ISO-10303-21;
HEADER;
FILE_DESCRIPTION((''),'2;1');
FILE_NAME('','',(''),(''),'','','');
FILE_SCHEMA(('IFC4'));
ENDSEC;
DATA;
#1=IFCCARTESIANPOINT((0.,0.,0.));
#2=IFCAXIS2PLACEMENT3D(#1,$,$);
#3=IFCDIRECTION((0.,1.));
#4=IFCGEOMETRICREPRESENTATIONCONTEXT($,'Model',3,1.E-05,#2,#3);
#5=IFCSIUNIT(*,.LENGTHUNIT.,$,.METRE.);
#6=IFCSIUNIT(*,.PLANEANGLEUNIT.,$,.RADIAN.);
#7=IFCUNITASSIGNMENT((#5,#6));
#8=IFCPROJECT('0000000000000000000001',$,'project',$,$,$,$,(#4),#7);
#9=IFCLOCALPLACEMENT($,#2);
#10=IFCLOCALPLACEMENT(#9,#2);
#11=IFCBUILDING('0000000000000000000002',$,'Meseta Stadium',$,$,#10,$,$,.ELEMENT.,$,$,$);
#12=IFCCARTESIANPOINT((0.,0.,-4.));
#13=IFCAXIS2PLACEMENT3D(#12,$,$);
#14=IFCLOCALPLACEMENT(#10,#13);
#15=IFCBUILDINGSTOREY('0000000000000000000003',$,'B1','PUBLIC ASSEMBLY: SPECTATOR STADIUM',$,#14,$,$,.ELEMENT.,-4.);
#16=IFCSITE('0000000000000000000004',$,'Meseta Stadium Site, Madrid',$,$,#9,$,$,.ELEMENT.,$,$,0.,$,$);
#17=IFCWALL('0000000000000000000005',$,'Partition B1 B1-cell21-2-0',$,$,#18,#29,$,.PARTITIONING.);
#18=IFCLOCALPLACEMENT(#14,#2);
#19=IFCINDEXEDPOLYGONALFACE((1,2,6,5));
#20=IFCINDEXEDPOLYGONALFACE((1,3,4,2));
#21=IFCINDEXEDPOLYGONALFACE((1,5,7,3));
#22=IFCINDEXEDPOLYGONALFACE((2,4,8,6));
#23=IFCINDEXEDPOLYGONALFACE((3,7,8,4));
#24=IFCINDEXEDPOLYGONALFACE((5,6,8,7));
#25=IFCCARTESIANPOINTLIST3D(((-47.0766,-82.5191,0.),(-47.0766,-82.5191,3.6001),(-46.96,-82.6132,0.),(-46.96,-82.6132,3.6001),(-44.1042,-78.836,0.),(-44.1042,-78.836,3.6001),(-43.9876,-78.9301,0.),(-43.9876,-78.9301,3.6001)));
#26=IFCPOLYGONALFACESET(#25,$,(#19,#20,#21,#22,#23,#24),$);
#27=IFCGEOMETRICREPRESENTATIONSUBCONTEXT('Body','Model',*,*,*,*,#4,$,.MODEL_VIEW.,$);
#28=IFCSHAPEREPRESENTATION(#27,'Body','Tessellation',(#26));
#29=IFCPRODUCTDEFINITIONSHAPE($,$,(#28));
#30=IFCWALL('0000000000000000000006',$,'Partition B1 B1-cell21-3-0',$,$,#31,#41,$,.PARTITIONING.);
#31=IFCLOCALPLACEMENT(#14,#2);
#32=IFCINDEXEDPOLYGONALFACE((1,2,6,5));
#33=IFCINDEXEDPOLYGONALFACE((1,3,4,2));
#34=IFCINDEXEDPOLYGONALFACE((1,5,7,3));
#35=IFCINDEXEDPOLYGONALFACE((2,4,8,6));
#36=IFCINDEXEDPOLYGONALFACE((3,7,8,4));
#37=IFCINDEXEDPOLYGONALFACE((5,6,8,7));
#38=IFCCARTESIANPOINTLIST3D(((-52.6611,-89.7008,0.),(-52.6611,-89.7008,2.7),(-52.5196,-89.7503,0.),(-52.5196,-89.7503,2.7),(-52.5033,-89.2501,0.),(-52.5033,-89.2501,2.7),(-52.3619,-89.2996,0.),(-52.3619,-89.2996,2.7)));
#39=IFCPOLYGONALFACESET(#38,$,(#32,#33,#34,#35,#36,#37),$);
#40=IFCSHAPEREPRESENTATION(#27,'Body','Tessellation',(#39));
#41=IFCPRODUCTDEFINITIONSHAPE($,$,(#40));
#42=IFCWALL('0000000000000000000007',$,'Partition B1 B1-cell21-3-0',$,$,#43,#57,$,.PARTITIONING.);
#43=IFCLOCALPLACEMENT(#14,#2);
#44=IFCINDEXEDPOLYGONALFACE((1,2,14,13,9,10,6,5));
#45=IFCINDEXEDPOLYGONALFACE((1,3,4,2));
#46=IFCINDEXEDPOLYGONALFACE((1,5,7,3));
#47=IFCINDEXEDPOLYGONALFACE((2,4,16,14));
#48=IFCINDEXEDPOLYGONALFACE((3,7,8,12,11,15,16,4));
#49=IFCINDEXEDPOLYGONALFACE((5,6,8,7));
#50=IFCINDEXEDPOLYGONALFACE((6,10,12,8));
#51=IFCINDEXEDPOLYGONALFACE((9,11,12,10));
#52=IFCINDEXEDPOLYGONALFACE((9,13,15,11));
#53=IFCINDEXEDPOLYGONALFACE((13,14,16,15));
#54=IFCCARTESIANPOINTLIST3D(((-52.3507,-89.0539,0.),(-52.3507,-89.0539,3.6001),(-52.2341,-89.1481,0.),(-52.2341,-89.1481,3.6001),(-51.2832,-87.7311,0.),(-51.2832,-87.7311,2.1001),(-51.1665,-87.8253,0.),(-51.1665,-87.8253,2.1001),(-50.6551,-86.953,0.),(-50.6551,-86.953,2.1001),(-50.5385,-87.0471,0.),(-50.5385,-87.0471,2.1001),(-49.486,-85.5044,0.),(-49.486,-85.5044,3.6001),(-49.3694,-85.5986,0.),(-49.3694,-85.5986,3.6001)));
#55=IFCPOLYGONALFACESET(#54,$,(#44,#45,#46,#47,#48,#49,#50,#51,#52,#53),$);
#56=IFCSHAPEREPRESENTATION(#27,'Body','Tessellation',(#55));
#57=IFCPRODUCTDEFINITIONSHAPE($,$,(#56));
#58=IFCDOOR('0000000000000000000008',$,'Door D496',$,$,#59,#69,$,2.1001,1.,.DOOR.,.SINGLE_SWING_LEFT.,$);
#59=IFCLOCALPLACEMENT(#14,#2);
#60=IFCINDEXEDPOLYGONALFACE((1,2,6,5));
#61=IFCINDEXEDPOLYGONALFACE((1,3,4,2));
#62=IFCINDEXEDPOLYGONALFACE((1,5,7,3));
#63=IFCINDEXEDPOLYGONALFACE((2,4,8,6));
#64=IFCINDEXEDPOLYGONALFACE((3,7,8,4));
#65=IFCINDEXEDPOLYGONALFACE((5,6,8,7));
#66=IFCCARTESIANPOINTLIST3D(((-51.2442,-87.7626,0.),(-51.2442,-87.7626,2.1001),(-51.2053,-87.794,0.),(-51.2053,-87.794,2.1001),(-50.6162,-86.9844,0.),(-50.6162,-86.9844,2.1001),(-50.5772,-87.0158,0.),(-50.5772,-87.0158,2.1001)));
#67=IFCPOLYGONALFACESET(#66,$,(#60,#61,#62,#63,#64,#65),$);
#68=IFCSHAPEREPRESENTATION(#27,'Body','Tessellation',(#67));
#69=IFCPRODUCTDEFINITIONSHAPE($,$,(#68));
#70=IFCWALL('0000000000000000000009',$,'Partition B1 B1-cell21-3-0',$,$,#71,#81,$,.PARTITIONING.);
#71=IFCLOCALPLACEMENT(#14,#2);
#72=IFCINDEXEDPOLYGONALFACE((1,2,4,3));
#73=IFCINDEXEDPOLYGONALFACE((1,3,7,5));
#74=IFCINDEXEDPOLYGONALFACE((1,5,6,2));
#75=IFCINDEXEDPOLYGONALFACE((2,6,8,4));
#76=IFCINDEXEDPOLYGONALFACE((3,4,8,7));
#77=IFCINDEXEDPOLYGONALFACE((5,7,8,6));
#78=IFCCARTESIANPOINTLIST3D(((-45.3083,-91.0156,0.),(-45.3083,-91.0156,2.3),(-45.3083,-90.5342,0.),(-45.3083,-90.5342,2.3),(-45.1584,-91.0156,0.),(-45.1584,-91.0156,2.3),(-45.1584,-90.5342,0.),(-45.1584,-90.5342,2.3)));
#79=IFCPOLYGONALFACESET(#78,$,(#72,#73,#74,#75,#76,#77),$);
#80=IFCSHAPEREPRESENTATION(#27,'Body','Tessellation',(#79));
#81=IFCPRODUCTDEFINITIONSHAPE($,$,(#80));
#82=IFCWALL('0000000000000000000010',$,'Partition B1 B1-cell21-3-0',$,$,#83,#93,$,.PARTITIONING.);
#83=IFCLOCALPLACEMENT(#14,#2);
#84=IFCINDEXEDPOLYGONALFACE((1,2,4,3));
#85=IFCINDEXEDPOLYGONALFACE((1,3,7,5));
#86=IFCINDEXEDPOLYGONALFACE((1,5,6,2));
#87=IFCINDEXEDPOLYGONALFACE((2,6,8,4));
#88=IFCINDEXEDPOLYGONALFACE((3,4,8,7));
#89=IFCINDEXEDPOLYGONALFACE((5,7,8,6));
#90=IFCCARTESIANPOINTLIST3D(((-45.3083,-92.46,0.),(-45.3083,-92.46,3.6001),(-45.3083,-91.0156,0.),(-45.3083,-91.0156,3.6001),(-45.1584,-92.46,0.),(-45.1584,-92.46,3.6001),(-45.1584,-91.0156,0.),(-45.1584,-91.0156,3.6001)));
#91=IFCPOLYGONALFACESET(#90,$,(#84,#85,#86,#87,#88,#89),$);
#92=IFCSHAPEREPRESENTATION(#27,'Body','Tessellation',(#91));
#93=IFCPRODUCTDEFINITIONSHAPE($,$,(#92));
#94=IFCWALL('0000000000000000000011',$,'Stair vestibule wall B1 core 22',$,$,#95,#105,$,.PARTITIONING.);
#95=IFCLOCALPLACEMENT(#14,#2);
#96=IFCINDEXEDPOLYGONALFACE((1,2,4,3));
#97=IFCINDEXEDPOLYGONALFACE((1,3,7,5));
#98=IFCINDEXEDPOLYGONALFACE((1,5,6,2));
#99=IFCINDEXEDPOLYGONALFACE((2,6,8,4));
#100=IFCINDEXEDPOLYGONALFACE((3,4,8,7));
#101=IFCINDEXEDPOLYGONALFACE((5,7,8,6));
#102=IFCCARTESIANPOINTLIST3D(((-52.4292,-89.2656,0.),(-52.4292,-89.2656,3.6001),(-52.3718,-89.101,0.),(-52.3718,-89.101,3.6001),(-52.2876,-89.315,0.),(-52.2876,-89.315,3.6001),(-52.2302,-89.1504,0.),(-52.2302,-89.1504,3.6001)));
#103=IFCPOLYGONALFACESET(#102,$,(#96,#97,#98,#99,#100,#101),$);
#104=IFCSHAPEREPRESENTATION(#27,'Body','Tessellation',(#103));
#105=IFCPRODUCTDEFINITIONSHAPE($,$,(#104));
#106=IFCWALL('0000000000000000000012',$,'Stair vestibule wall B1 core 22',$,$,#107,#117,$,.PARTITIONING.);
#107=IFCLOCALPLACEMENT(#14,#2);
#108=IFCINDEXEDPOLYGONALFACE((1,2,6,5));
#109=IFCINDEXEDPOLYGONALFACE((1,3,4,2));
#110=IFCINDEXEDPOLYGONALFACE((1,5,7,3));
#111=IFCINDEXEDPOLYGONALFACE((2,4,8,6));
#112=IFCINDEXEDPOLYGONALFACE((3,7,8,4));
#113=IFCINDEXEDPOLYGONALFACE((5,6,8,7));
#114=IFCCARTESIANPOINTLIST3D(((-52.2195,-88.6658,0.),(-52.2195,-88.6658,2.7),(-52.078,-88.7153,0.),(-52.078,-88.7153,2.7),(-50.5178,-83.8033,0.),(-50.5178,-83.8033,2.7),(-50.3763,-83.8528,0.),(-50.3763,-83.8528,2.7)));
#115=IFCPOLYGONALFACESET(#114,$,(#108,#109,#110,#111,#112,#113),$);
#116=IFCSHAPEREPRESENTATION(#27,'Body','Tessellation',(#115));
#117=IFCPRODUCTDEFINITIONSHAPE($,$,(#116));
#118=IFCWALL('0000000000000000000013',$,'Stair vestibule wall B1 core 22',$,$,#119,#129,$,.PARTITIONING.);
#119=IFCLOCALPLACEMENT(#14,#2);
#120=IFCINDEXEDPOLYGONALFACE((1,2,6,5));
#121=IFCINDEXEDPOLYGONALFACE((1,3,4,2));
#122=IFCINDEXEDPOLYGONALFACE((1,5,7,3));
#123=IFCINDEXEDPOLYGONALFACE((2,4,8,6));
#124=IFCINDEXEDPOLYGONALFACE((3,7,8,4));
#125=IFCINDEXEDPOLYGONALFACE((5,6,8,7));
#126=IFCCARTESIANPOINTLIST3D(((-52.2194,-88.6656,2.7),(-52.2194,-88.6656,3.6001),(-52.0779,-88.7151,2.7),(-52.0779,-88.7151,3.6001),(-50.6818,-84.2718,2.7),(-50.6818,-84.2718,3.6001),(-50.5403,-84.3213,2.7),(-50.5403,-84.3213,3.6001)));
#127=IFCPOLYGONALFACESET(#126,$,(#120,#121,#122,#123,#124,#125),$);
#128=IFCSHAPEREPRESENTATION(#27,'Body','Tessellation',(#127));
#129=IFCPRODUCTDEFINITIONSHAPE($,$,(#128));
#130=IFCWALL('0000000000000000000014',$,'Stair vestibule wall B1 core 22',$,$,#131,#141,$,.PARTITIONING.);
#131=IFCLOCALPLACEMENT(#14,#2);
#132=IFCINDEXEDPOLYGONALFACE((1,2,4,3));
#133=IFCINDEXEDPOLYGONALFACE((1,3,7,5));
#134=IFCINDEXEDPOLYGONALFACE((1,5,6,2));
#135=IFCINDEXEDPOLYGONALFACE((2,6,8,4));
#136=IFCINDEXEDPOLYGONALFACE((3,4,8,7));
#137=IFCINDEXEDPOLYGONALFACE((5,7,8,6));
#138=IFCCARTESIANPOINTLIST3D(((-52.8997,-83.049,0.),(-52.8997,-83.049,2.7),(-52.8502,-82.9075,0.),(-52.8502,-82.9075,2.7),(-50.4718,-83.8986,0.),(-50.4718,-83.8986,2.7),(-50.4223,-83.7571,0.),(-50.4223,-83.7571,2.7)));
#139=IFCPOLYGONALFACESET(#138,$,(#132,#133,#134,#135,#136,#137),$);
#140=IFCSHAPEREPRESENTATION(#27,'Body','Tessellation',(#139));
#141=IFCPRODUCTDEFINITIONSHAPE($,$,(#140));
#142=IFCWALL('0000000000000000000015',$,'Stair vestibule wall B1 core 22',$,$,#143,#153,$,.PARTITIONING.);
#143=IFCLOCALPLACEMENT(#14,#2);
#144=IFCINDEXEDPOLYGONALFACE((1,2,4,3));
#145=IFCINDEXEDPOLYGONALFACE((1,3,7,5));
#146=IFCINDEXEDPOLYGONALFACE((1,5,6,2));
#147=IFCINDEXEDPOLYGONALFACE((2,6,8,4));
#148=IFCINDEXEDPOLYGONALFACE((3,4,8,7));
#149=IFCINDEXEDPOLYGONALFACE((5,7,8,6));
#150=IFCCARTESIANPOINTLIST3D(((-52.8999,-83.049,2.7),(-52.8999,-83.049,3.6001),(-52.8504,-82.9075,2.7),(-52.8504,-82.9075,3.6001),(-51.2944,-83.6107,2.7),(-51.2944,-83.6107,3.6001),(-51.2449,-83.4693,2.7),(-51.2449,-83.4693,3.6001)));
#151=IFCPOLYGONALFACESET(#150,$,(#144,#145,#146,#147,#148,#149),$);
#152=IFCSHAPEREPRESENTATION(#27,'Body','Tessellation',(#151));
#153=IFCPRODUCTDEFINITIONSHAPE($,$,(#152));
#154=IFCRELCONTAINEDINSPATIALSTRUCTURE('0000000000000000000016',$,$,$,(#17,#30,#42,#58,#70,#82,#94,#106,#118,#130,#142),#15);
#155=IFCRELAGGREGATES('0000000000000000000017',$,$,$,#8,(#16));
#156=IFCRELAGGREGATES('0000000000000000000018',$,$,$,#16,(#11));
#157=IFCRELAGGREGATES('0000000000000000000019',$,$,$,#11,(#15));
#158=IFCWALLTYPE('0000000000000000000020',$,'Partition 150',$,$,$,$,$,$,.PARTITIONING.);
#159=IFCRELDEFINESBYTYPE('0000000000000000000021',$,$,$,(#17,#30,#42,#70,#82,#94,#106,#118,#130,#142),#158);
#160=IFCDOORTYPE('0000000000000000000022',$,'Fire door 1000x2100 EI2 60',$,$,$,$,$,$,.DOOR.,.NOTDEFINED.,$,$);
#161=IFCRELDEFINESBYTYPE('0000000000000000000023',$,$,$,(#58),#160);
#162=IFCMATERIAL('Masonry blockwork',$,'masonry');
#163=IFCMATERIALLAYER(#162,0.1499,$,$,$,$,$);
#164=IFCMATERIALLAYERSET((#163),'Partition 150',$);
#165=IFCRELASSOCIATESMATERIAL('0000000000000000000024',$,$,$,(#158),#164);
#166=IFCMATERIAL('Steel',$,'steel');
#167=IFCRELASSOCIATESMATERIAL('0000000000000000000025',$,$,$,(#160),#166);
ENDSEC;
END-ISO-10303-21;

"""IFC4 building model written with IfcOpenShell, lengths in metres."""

from ifc_helpers import new_model, si_unit, direction, frame, frame_2d, origin, place, context, subcontext, project, spatial, rectangle, extrude, material, layer, layer_set, type_object, element, fill, save


model = new_model("IFC4")

# Units and contexts
model_context = context("Model", 3, precision=1e-05, world=origin(), true_north=direction((0.0, 1.0)))
body_context = subcontext(model_context, "Body", "Model", "MODEL_VIEW")
ifc_project = project(units=[si_unit("LENGTHUNIT", "METRE"), si_unit("PLANEANGLEUNIT", "RADIAN")], contexts=[model_context])

# Site, building, storey
site_placement = place(None, origin())
site = spatial("IfcSite", under=ifc_project, at=site_placement, Name="Meseta Stadium Site, Madrid", CompositionType="ELEMENT", RefElevation=0.0)
building_placement = place(site_placement, origin())
building = spatial("IfcBuilding", under=site, at=building_placement, Name="Meseta Stadium", CompositionType="ELEMENT")
storey_placement = place(building_placement, frame((0.0, 0.0, -4.0)))
storey = spatial("IfcBuildingStorey", under=building, at=storey_placement, Name="B1", Description="PUBLIC ASSEMBLY: SPECTATOR STADIUM", CompositionType="ELEMENT", Elevation=-4.0)

# Walls
ifc_material_1 = material(Name="Masonry blockwork", Category="masonry")
ifc_layer = layer(ifc_material_1, 0.1499)
ifc_layer_set = layer_set([ifc_layer], Name="Partition 150")
wall_type = type_object("IfcWallType", Name="Partition 150", PredefinedType="PARTITIONING", material=ifc_layer_set)
wall_1_placement = place(storey_placement, frame((-47.0183, -82.5662, 0.0), z_axis=(0.0, 0.0, 1.0), x_axis=(0.62803, 0.778189, 0.0)))
element("IfcWall", 1, at=wall_1_placement, inside=storey, type_object=wall_type, Name="Partition B1 B1-cell21-2-0", PredefinedType="PARTITIONING", context=body_context, shape_type="SweptSolid", body=[
    extrude(rectangle(XDim=4.7329, YDim=0.1499, at=frame_2d((2.3665, 0.0))), origin(), (0.0, 0.0, 1.0), 3.6001),
])
wall_2_placement = place(storey_placement, frame((-52.5903, -89.7256, 0.0), z_axis=(0.0, 0.0, 1.0), x_axis=(0.330305, 0.943874, 0.0)))
element("IfcWall", 2, at=wall_2_placement, inside=storey, type_object=wall_type, Name="Partition B1 B1-cell21-3-0", PredefinedType="PARTITIONING", context=body_context, shape_type="SweptSolid", body=[
    extrude(rectangle(XDim=0.4775, YDim=0.1499, at=frame_2d((0.2388, 0.0))), origin(), (0.0, 0.0, 1.0), 2.7),
])

# Wall, opening, door
wall_3_placement = place(storey_placement, frame((-52.2925, -89.1011, 0.0), z_axis=(0.0, 0.0, 1.0), x_axis=(0.628044, 0.778178, 0.0)))
wall_3 = element("IfcWall", 3, at=wall_3_placement, inside=storey, type_object=wall_type, Name="Partition B1 B1-cell21-3-0", PredefinedType="PARTITIONING", context=body_context, shape_type="SweptSolid", body=[
    extrude(rectangle(XDim=4.5613, YDim=0.1499, at=frame_2d((2.2808, 0.0))), origin(), (0.0, 0.0, 1.0), 3.6001),
])
opening_placement = place(wall_3_placement, frame((1.7, 0.0, 0.0)))
opening = element("IfcOpeningElement", 4, at=opening_placement, cuts=wall_3, PredefinedType="OPENING", context=body_context, shape_type="SweptSolid", body=[
    extrude(rectangle(XDim=1.0, YDim=2.1001, at=frame_2d((0.5, 1.05))), frame((0.0, 0.085, 0.0), z_axis=(0.0, -1.0, 0.0), x_axis=(1.0, 0.0, 0.0)), (0.0, 0.0, 1.0), 0.1699),
])
ifc_material_2 = material(Name="Steel", Category="steel")
door_type = type_object("IfcDoorType", Name="Fire door 1000x2100 EI2 60", OperationType="NOTDEFINED", PredefinedType="DOOR", material=ifc_material_2)
door_placement = place(opening_placement, origin())
door = element("IfcDoor", 5, at=door_placement, inside=storey, type_object=door_type, Name="Door D496", OperationType="SINGLE_SWING_LEFT", OverallHeight=2.1001, OverallWidth=1.0, PredefinedType="DOOR", context=body_context, shape_type="SweptSolid", body=[
    extrude(rectangle(XDim=1.0, YDim=2.1001, at=frame_2d((0.5, 1.05))), frame((0.0, 0.0249, 0.0), z_axis=(0.0, -1.0, 0.0), x_axis=(1.0, 0.0, 0.0)), (0.0, 0.0, 1.0), 0.05),
])
fill(opening, door)

# Walls
wall_4_placement = place(storey_placement, frame((-45.2334, -90.5342, 0.0), z_axis=(0.0, 0.0, 1.0), x_axis=(0.0, -1.0, 0.0)))
element("IfcWall", 6, at=wall_4_placement, inside=storey, type_object=wall_type, Name="Partition B1 B1-cell21-3-0", PredefinedType="PARTITIONING", context=body_context, shape_type="SweptSolid", body=[
    extrude(rectangle(XDim=0.4814, YDim=0.1499, at=frame_2d((0.2407, 0.0))), origin(), (0.0, 0.0, 1.0), 2.3),
])
wall_5_placement = place(storey_placement, frame((-45.2334, -91.0156, 0.0), z_axis=(0.0, 0.0, 1.0), x_axis=(0.0, -1.0, 0.0)))
element("IfcWall", 7, at=wall_5_placement, inside=storey, type_object=wall_type, Name="Partition B1 B1-cell21-3-0", PredefinedType="PARTITIONING", context=body_context, shape_type="SweptSolid", body=[
    extrude(rectangle(XDim=1.4443, YDim=0.1499, at=frame_2d((0.7222, 0.0))), origin(), (0.0, 0.0, 1.0), 3.6001),
])
wall_6_placement = place(storey_placement, frame((-52.3584, -89.2903, 0.0), z_axis=(0.0, 0.0, 1.0), x_axis=(0.329227, 0.944251, 0.0)))
element("IfcWall", 8, at=wall_6_placement, inside=storey, type_object=wall_type, Name="Stair vestibule wall B1 core 22", PredefinedType="PARTITIONING", context=body_context, shape_type="SweptSolid", body=[
    extrude(rectangle(XDim=0.1743, YDim=0.1499, at=frame_2d((0.0872, 0.0))), origin(), (0.0, 0.0, 1.0), 3.6001),
])
wall_7_placement = place(storey_placement, frame((-52.1487, -88.6904, 0.0), z_axis=(0.0, 0.0, 1.0), x_axis=(0.33031, 0.943872, 0.0)))
element("IfcWall", 9, at=wall_7_placement, inside=storey, type_object=wall_type, Name="Stair vestibule wall B1 core 22", PredefinedType="PARTITIONING", context=body_context, shape_type="SweptSolid", body=[
    extrude(rectangle(XDim=5.1516, YDim=0.1499, at=frame_2d((2.5757, 0.0))), origin(), (0.0, 0.0, 1.0), 2.7),
])
wall_8_placement = place(storey_placement, frame((-52.1487, -88.6904, 2.7), z_axis=(0.0, 0.0, 1.0), x_axis=(0.330306, 0.943874, 0.0)))
element("IfcWall", 10, at=wall_8_placement, inside=storey, type_object=wall_type, Name="Stair vestibule wall B1 core 22", PredefinedType="PARTITIONING", context=body_context, shape_type="SweptSolid", body=[
    extrude(rectangle(XDim=4.655, YDim=0.1499, at=frame_2d((2.3276, 0.0))), origin(), (0.0, 0.0, 1.0), 0.9001),
])
wall_9_placement = place(storey_placement, frame((-50.447, -83.8279, 0.0), z_axis=(0.0, 0.0, 1.0), x_axis=(-0.943881, 0.330287, 0.0)))
element("IfcWall", 11, at=wall_9_placement, inside=storey, type_object=wall_type, Name="Stair vestibule wall B1 core 22", PredefinedType="PARTITIONING", context=body_context, shape_type="SweptSolid", body=[
    extrude(rectangle(XDim=2.5723, YDim=0.1499, at=frame_2d((1.2861, 0.0))), origin(), (0.0, 0.0, 1.0), 2.7),
])
wall_10_placement = place(storey_placement, frame((-51.2695, -83.54, 2.7), z_axis=(0.0, 0.0, 1.0), x_axis=(-0.943885, 0.330274, 0.0)))
element("IfcWall", 12, at=wall_10_placement, inside=storey, type_object=wall_type, Name="Stair vestibule wall B1 core 22", PredefinedType="PARTITIONING", context=body_context, shape_type="SweptSolid", body=[
    extrude(rectangle(XDim=1.7009, YDim=0.1499, at=frame_2d((0.8506, 0.0))), origin(), (0.0, 0.0, 1.0), 0.9001),
])

save(model, "model.ifc")
